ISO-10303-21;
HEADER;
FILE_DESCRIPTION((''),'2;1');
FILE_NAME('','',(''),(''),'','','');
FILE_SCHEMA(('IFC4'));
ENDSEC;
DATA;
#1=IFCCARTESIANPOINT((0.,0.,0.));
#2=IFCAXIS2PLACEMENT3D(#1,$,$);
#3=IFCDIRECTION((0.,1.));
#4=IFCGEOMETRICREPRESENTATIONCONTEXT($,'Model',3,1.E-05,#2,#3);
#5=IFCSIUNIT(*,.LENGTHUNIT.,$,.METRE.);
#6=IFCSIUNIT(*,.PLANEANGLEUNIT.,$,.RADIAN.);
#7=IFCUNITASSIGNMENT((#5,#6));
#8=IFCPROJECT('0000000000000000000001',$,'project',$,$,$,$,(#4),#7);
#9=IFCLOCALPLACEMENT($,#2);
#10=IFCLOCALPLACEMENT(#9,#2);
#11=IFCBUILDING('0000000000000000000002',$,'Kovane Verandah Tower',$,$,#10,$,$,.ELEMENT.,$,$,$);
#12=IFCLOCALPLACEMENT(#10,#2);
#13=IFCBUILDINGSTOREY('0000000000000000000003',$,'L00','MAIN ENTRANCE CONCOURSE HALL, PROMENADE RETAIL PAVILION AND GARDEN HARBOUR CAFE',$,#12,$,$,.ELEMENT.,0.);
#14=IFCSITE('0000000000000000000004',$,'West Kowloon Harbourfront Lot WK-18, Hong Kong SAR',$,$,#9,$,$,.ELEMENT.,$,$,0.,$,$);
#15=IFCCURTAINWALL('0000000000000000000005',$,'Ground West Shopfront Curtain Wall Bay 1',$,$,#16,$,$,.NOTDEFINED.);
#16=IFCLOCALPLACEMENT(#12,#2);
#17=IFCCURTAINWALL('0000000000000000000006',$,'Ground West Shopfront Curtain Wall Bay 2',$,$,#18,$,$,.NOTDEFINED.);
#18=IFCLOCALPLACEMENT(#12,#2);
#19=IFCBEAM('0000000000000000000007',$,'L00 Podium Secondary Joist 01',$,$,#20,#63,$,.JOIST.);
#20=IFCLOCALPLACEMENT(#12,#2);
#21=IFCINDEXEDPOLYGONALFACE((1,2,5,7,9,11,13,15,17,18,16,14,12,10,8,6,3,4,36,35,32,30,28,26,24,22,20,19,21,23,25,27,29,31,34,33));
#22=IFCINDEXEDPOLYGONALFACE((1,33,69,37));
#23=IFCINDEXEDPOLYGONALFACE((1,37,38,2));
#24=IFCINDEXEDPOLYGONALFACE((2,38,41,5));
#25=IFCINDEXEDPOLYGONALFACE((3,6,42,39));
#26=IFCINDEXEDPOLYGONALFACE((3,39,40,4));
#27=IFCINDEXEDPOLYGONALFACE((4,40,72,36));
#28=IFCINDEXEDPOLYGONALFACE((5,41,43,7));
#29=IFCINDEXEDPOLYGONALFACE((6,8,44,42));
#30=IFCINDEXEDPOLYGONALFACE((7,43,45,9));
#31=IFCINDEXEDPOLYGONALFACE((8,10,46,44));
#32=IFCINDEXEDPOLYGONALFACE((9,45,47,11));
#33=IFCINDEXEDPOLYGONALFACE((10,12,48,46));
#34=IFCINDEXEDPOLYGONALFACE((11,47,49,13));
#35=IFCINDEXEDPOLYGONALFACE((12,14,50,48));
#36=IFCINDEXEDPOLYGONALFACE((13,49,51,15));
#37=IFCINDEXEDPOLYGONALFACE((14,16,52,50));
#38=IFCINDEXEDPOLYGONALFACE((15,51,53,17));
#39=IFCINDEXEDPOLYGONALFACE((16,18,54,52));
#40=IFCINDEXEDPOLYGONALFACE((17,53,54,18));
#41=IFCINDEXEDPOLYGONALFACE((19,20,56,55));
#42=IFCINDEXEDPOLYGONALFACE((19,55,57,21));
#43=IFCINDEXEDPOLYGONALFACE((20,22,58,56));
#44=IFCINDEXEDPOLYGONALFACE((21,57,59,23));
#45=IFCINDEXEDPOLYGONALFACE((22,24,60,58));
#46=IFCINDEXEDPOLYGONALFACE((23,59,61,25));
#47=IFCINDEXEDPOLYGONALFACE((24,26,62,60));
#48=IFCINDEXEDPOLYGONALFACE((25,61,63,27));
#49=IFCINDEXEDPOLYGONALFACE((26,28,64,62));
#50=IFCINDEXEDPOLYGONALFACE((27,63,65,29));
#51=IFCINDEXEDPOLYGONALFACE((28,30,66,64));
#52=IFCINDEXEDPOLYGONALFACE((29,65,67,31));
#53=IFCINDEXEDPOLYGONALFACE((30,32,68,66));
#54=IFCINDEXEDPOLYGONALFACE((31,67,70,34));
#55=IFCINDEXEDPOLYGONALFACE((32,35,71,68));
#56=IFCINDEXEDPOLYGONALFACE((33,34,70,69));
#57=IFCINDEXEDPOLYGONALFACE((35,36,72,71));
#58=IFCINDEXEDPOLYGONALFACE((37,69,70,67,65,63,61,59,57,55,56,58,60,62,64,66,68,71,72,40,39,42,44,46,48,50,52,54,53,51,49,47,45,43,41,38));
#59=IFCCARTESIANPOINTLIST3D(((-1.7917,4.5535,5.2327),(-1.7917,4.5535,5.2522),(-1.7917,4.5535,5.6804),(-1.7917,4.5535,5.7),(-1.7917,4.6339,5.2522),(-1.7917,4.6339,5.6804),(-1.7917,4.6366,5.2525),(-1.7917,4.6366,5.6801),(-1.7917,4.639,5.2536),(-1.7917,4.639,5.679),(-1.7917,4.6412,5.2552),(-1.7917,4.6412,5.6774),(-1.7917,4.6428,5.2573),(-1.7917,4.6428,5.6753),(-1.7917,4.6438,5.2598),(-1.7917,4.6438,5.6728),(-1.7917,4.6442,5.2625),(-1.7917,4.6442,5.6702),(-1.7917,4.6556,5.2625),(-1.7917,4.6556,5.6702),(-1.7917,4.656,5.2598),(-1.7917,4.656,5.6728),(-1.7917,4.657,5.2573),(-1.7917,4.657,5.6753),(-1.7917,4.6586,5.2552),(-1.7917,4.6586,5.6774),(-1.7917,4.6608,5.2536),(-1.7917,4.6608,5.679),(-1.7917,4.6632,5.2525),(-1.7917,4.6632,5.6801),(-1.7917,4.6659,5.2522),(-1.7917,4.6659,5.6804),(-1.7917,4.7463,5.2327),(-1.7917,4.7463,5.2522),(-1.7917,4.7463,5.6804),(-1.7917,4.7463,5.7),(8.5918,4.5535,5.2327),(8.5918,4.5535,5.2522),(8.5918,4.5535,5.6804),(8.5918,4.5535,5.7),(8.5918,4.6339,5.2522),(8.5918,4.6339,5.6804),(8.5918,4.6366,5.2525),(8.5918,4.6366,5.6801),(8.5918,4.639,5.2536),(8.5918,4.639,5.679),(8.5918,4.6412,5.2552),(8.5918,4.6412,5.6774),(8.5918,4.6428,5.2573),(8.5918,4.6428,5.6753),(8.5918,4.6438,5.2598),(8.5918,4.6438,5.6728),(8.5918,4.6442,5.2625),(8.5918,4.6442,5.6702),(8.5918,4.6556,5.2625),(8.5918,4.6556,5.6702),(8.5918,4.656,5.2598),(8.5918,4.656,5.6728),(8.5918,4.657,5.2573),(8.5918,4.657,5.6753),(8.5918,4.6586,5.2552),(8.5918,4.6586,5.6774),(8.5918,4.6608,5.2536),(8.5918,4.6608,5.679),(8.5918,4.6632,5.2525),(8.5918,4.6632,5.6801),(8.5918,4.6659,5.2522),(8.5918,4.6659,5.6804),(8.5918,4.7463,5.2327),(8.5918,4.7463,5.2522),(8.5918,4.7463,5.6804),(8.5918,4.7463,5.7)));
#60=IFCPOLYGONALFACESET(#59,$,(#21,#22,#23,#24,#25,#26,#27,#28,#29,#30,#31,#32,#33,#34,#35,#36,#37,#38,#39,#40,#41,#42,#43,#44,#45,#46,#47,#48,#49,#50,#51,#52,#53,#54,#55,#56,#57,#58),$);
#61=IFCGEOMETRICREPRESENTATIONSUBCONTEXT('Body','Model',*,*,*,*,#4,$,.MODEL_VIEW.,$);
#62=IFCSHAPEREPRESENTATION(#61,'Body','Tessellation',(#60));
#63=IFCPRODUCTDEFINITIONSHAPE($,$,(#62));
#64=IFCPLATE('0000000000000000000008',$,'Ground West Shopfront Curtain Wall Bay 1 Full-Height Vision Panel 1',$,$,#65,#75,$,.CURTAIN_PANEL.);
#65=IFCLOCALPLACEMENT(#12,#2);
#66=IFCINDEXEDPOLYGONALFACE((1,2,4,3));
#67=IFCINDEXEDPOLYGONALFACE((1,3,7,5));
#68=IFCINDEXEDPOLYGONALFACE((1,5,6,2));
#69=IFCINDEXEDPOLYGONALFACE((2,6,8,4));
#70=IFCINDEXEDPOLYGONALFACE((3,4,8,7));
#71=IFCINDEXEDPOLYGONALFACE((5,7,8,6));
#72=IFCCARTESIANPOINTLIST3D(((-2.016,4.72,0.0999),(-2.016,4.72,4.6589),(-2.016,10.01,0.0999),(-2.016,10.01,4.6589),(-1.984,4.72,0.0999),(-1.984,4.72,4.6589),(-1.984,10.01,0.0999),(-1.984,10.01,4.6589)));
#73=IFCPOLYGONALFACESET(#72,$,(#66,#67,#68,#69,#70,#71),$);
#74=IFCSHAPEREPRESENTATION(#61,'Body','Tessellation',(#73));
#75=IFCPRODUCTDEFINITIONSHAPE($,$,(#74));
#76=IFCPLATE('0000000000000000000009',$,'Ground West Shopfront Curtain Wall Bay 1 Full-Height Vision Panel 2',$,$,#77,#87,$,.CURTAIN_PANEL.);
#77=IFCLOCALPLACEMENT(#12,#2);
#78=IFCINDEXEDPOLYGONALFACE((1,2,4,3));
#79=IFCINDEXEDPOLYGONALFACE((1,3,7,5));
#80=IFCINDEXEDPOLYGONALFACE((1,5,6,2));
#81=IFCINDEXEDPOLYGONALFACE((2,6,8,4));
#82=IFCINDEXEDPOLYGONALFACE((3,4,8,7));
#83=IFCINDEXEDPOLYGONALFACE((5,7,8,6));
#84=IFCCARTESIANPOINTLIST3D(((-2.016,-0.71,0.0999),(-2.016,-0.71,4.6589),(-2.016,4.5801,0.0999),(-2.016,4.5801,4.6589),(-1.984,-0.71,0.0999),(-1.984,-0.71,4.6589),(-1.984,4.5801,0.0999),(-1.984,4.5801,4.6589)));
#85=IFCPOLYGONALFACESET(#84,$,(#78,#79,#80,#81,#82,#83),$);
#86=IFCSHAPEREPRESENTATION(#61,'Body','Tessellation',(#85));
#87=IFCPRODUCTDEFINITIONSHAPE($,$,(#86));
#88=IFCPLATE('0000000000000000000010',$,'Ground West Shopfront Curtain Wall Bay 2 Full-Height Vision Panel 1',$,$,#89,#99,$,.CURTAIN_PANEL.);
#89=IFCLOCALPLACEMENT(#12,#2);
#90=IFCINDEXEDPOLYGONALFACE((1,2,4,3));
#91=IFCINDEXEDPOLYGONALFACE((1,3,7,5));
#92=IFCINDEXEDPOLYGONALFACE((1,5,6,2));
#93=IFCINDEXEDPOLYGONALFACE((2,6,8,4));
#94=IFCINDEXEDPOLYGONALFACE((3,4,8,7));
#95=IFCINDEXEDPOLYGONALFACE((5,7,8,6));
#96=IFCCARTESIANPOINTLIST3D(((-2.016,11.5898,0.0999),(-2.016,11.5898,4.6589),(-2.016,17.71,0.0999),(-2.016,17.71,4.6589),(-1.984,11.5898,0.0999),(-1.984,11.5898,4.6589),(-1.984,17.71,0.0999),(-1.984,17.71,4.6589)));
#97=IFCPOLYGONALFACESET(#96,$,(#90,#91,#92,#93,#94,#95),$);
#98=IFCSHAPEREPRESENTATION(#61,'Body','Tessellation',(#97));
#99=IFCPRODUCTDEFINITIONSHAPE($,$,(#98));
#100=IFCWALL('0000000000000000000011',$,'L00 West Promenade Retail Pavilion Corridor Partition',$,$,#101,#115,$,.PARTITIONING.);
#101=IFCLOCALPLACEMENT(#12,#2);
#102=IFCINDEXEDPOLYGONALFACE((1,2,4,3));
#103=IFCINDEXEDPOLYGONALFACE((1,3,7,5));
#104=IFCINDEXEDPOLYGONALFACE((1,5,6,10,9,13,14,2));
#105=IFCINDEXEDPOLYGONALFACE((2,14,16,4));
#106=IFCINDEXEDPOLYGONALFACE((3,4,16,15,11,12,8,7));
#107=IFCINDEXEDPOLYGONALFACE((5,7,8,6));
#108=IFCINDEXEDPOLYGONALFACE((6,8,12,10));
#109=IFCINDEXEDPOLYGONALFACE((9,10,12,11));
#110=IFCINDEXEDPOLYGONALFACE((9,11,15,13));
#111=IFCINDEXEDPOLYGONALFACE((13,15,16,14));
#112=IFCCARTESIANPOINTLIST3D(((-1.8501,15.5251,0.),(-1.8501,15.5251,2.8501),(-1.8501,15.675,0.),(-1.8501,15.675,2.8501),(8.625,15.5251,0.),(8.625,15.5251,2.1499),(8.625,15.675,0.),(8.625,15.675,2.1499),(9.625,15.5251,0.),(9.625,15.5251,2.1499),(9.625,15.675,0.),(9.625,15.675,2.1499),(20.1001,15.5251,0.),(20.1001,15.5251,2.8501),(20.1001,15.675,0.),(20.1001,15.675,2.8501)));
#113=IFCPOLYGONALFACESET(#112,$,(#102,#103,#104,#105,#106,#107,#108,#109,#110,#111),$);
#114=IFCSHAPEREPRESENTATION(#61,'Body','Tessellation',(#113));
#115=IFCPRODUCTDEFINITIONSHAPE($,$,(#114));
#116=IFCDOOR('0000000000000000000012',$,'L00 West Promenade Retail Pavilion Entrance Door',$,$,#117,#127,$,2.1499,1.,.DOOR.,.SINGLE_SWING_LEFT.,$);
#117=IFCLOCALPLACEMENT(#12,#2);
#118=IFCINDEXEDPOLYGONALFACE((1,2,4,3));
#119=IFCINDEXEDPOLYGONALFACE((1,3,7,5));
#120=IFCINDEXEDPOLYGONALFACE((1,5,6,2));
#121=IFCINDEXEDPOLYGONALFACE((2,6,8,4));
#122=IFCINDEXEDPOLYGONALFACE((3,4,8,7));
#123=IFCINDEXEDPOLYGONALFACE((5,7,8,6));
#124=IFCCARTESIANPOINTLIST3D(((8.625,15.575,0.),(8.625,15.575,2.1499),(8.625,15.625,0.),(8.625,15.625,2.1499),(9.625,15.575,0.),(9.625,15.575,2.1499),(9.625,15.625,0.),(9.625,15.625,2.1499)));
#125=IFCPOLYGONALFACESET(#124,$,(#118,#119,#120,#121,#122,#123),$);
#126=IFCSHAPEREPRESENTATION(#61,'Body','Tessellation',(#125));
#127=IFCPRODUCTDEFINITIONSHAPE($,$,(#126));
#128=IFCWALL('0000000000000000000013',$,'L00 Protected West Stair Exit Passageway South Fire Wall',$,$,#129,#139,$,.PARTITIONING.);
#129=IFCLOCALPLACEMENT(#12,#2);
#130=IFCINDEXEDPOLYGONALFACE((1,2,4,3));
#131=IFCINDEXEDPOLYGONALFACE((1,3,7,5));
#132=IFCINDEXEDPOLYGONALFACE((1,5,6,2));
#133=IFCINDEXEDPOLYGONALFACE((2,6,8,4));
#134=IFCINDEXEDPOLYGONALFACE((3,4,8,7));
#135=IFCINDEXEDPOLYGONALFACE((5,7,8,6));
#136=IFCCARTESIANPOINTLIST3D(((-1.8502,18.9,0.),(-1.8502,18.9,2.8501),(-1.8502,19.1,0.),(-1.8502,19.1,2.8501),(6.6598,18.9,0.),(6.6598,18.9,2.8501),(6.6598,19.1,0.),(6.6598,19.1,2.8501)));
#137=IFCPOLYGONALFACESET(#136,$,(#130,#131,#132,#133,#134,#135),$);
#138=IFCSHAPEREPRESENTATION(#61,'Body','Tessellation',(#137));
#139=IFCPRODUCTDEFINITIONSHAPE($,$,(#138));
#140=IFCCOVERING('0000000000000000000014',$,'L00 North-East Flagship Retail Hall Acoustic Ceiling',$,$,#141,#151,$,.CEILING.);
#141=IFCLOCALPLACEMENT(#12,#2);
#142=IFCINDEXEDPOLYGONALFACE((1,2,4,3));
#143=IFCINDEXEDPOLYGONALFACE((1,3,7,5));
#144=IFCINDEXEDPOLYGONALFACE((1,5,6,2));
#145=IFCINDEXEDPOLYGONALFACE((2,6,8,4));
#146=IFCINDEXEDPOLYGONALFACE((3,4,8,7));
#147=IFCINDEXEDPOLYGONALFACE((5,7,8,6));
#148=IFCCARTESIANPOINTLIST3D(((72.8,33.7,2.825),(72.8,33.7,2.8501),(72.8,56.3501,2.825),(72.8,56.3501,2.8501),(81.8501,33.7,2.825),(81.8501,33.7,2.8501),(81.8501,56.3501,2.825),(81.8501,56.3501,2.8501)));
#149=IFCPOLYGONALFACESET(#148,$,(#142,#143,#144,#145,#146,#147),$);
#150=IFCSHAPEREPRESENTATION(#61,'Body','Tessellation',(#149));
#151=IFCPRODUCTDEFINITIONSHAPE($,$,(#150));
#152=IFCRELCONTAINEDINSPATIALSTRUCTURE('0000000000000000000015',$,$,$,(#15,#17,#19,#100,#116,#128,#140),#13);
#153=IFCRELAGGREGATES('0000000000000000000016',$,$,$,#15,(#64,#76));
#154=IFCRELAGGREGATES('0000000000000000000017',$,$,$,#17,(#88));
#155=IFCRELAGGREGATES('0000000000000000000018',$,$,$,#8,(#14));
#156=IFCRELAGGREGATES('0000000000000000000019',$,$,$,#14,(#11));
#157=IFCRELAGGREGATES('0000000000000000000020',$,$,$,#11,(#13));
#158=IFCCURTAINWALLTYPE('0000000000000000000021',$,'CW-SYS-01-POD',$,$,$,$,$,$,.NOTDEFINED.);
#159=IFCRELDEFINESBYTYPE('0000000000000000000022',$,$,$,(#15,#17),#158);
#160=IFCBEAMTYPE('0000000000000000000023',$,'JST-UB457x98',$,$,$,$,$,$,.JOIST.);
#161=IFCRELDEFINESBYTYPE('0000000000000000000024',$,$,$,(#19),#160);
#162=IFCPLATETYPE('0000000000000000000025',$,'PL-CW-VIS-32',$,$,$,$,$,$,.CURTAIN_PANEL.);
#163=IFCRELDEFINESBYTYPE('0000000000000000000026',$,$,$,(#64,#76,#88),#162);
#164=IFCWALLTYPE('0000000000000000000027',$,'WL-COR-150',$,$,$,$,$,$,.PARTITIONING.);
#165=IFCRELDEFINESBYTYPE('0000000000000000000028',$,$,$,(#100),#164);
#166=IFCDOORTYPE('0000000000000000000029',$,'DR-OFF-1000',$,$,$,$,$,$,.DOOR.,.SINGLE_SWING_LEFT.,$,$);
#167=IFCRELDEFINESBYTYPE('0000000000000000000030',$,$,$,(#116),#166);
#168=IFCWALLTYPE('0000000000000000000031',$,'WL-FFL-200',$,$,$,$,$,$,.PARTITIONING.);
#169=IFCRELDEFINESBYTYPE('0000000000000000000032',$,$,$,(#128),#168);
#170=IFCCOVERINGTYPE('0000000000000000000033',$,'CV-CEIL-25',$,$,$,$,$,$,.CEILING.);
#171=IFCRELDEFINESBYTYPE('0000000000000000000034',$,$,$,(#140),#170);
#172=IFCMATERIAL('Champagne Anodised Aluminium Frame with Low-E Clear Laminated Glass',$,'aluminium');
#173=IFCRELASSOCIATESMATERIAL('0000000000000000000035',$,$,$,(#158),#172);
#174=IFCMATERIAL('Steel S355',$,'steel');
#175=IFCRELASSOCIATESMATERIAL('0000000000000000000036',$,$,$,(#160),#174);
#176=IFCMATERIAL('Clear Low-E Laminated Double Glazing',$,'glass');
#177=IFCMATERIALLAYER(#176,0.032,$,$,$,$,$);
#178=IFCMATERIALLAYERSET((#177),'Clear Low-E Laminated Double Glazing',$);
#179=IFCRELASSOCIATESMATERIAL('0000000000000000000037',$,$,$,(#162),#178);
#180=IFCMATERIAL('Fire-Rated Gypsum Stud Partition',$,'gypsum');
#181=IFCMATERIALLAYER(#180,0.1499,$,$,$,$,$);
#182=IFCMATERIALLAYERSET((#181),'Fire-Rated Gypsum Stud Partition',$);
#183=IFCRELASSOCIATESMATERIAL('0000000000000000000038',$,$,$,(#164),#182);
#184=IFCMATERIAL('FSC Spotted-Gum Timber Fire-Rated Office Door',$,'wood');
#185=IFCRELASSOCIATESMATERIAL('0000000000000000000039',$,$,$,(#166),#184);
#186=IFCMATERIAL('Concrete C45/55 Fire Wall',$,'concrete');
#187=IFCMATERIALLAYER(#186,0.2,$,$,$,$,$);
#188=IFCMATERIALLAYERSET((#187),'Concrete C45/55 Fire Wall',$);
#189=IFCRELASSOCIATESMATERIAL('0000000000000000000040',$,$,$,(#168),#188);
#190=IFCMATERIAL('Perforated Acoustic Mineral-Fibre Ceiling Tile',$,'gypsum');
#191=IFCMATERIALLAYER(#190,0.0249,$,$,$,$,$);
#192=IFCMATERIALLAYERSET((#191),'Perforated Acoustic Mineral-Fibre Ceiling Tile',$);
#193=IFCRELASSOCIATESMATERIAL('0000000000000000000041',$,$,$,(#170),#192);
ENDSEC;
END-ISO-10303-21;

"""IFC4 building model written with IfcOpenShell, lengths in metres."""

from ifc_helpers import new_model, si_unit, direction, frame, frame_2d, origin, origin_2d, place, context, subcontext, project, spatial, polyline, rectangle, i_section, outline, extrude, material, layer, layer_set, material_profile, profile_set, type_object, element, fill, aggregate, save


model = new_model("IFC4")

# Units and contexts
model_context = context("Model", 3, precision=1e-05, world=origin(), true_north=direction((0.0, 1.0)))
body_context = subcontext(model_context, "Body", "Model", "MODEL_VIEW")
ifc_project = project(units=[si_unit("LENGTHUNIT", "METRE"), si_unit("PLANEANGLEUNIT", "RADIAN")], contexts=[model_context])

# Site, building, storey
site_placement = place(None, origin())
site = spatial("IfcSite", under=ifc_project, at=site_placement, Name="West Kowloon Harbourfront Lot WK-18, Hong Kong SAR", CompositionType="ELEMENT", RefElevation=0.0)
building_placement = place(site_placement, origin())
building = spatial("IfcBuilding", under=site, at=building_placement, Name="Kovane Verandah Tower", CompositionType="ELEMENT")
storey_placement = place(building_placement, origin())
storey = spatial("IfcBuildingStorey", under=building, at=storey_placement, Name="L00", Description="MAIN ENTRANCE CONCOURSE HALL, PROMENADE RETAIL PAVILION AND GARDEN HARBOUR CAFE", CompositionType="ELEMENT", Elevation=0.0)

# Curtain walls
ifc_material_1 = material(Name="Champagne Anodised Aluminium Frame with Low-E Clear Laminated Glass", Category="aluminium")
curtain_wall_type = type_object("IfcCurtainWallType", Name="CW-SYS-01-POD", PredefinedType="NOTDEFINED", material=ifc_material_1)
curtain_wall_1_placement = place(storey_placement, origin())
curtain_wall_1 = element("IfcCurtainWall", 1, at=curtain_wall_1_placement, inside=storey, type_object=curtain_wall_type, Name="Ground West Shopfront Curtain Wall Bay 1", PredefinedType="NOTDEFINED")
curtain_wall_2_placement = place(storey_placement, origin())
curtain_wall_2 = element("IfcCurtainWall", 2, at=curtain_wall_2_placement, inside=storey, type_object=curtain_wall_type, Name="Ground West Shopfront Curtain Wall Bay 2", PredefinedType="NOTDEFINED")

# Beam
ifc_material_2 = material(Name="Steel S355", Category="steel")
ifc_material_profile_1 = material_profile(ifc_material_2, i_section(OverallWidth=0.1929, OverallDepth=0.4673, WebThickness=0.0115, FlangeThickness=0.0195, FilletRadius=0.0103, at=origin_2d()), Name="UB457x191x98")
ifc_profile_set_1 = profile_set([ifc_material_profile_1], Name="Steel S355")
beam_type_1 = type_object("IfcBeamType", Name="JST-UB457x98", PredefinedType="JOIST", material=ifc_profile_set_1)
beam_1_placement = place(storey_placement, frame((-1.7917, 4.6499, 5.4663), z_axis=(1.0, 0.0, 0.0), x_axis=(0.0, 1.0, 0.0)))
element("IfcBeam", 3, at=beam_1_placement, inside=storey, type_object=beam_type_1, Name="L00 Podium Secondary Joist 01", PredefinedType="JOIST", context=body_context, shape_type="SweptSolid", body=[
    extrude(i_section(OverallWidth=0.1929, OverallDepth=0.4673, WebThickness=0.0115, FlangeThickness=0.0195, FilletRadius=0.0103, at=origin_2d()), origin(), (0.0, 0.0, 1.0), 10.3835),
])

# Plates
ifc_material_3 = material(Name="Clear Low-E Laminated Double Glazing", Category="glass")
ifc_layer_1 = layer(ifc_material_3, 0.032)
ifc_layer_set_1 = layer_set([ifc_layer_1], Name="Clear Low-E Laminated Double Glazing")
plate_type = type_object("IfcPlateType", Name="PL-CW-VIS-32", PredefinedType="CURTAIN_PANEL", material=ifc_layer_set_1)
plate_1_placement = place(storey_placement, frame((-2.0, 7.365, 0.0999), z_axis=(0.0, 0.0, 1.0), x_axis=(0.0, -1.0, 0.0)))
plate_1 = element("IfcPlate", 4, at=plate_1_placement, type_object=plate_type, Name="Ground West Shopfront Curtain Wall Bay 1 Full-Height Vision Panel 1", PredefinedType="CURTAIN_PANEL", context=body_context, shape_type="SweptSolid", body=[
    extrude(rectangle(XDim=5.29, YDim=0.032, at=origin_2d()), origin(), (0.0, 0.0, 1.0), 4.5591),
])
plate_2_placement = place(storey_placement, frame((-2.0, 1.9351, 0.0999), z_axis=(0.0, 0.0, 1.0), x_axis=(0.0, -1.0, 0.0)))
plate_2 = element("IfcPlate", 5, at=plate_2_placement, type_object=plate_type, Name="Ground West Shopfront Curtain Wall Bay 1 Full-Height Vision Panel 2", PredefinedType="CURTAIN_PANEL", context=body_context, shape_type="SweptSolid", body=[
    extrude(rectangle(XDim=5.29, YDim=0.032, at=origin_2d()), origin(), (0.0, 0.0, 1.0), 4.5591),
])
aggregate(curtain_wall_1, [plate_1, plate_2])
plate_3_placement = place(storey_placement, frame((-2.0, 14.6499, 0.0999), z_axis=(0.0, 0.0, 1.0), x_axis=(0.0, -1.0, 0.0)))
plate_3 = element("IfcPlate", 6, at=plate_3_placement, type_object=plate_type, Name="Ground West Shopfront Curtain Wall Bay 2 Full-Height Vision Panel 1", PredefinedType="CURTAIN_PANEL", context=body_context, shape_type="SweptSolid", body=[
    extrude(rectangle(XDim=6.1201, YDim=0.032, at=origin_2d()), origin(), (0.0, 0.0, 1.0), 4.5591),
])
aggregate(curtain_wall_2, [plate_3])

# Wall, opening, door
ifc_material_4 = material(Name="Fire-Rated Gypsum Stud Partition", Category="gypsum")
ifc_layer_2 = layer(ifc_material_4, 0.1499)
ifc_layer_set_2 = layer_set([ifc_layer_2], Name="Fire-Rated Gypsum Stud Partition")
wall_type_1 = type_object("IfcWallType", Name="WL-COR-150", PredefinedType="PARTITIONING", material=ifc_layer_set_2)
wall_1_placement = place(storey_placement, frame((-1.8501, 15.6001, 0.0), z_axis=(0.0, 0.0, 1.0), x_axis=(1.0, 0.0, 0.0)))
wall_1 = element("IfcWall", 7, at=wall_1_placement, inside=storey, type_object=wall_type_1, Name="L00 West Promenade Retail Pavilion Corridor Partition", PredefinedType="PARTITIONING", context=body_context, shape_type="SweptSolid", body=[
    extrude(rectangle(XDim=21.9502, YDim=0.1499, at=frame_2d((10.9751, 0.0))), origin(), (0.0, 0.0, 1.0), 2.8501),
])
opening_1_placement = place(wall_1_placement, frame((10.4751, 0.0, 0.0)))
opening_1 = element("IfcOpeningElement", 8, at=opening_1_placement, cuts=wall_1, PredefinedType="OPENING", context=body_context, shape_type="SweptSolid", body=[
    extrude(rectangle(XDim=1.0, YDim=2.1499, at=frame_2d((0.5, 1.075))), frame((0.0, 0.075, 0.0), z_axis=(0.0, -1.0, 0.0), x_axis=(1.0, 0.0, 0.0)), (0.0, 0.0, 1.0), 0.1499),
])
ifc_material_5 = material(Name="FSC Spotted-Gum Timber Fire-Rated Office Door", Category="wood")
door_type_1 = type_object("IfcDoorType", Name="DR-OFF-1000", OperationType="SINGLE_SWING_LEFT", PredefinedType="DOOR", material=ifc_material_5)
door_1_placement = place(opening_1_placement, origin())
door_1 = element("IfcDoor", 9, at=door_1_placement, inside=storey, type_object=door_type_1, Name="L00 West Promenade Retail Pavilion Entrance Door", OperationType="SINGLE_SWING_LEFT", OverallHeight=2.1499, OverallWidth=1.0, PredefinedType="DOOR", context=body_context, shape_type="SweptSolid", body=[
    extrude(rectangle(XDim=1.0, YDim=2.1499, at=frame_2d((0.5, 1.075))), frame((0.0, 0.0249, 0.0), z_axis=(0.0, -1.0, 0.0), x_axis=(1.0, 0.0, 0.0)), (0.0, 0.0, 1.0), 0.05),
])
fill(opening_1, door_1)

# Wall
ifc_material_6 = material(Name="Concrete C45/55 Fire Wall", Category="concrete")
ifc_layer_3 = layer(ifc_material_6, 0.2)
ifc_layer_set_3 = layer_set([ifc_layer_3], Name="Concrete C45/55 Fire Wall")
wall_type_2 = type_object("IfcWallType", Name="WL-FFL-200", PredefinedType="PARTITIONING", material=ifc_layer_set_3)
wall_2_placement = place(storey_placement, frame((-1.8501, 19.0, 0.0), z_axis=(0.0, 0.0, 1.0), x_axis=(1.0, 0.0, 0.0)))
element("IfcWall", 10, at=wall_2_placement, inside=storey, type_object=wall_type_2, Name="L00 Protected West Stair Exit Passageway South Fire Wall", PredefinedType="PARTITIONING", context=body_context, shape_type="SweptSolid", body=[
    extrude(rectangle(XDim=8.51, YDim=0.2, at=frame_2d((4.2549, 0.0))), origin(), (0.0, 0.0, 1.0), 2.8501),
])

# Covering
ifc_material_7 = material(Name="Perforated Acoustic Mineral-Fibre Ceiling Tile", Category="gypsum")
ifc_layer_4 = layer(ifc_material_7, 0.0249)
ifc_layer_set_4 = layer_set([ifc_layer_4], Name="Perforated Acoustic Mineral-Fibre Ceiling Tile")
covering_type = type_object("IfcCoveringType", Name="CV-CEIL-25", PredefinedType="CEILING", material=ifc_layer_set_4)
covering_placement = place(storey_placement, frame((0.0, 0.0, 2.825)))
element("IfcCovering", 11, at=covering_placement, inside=storey, type_object=covering_type, Name="L00 North-East Flagship Retail Hall Acoustic Ceiling", PredefinedType="CEILING", context=body_context, shape_type="SweptSolid", body=[
    extrude(outline(polyline([(72.8, 33.7), (81.8501, 33.7), (81.8501, 56.3501), (72.8, 56.3501), (72.8, 33.7)])), origin(), (0.0, 0.0, 1.0), 0.0251),
])

save(model, "model.ifc")
